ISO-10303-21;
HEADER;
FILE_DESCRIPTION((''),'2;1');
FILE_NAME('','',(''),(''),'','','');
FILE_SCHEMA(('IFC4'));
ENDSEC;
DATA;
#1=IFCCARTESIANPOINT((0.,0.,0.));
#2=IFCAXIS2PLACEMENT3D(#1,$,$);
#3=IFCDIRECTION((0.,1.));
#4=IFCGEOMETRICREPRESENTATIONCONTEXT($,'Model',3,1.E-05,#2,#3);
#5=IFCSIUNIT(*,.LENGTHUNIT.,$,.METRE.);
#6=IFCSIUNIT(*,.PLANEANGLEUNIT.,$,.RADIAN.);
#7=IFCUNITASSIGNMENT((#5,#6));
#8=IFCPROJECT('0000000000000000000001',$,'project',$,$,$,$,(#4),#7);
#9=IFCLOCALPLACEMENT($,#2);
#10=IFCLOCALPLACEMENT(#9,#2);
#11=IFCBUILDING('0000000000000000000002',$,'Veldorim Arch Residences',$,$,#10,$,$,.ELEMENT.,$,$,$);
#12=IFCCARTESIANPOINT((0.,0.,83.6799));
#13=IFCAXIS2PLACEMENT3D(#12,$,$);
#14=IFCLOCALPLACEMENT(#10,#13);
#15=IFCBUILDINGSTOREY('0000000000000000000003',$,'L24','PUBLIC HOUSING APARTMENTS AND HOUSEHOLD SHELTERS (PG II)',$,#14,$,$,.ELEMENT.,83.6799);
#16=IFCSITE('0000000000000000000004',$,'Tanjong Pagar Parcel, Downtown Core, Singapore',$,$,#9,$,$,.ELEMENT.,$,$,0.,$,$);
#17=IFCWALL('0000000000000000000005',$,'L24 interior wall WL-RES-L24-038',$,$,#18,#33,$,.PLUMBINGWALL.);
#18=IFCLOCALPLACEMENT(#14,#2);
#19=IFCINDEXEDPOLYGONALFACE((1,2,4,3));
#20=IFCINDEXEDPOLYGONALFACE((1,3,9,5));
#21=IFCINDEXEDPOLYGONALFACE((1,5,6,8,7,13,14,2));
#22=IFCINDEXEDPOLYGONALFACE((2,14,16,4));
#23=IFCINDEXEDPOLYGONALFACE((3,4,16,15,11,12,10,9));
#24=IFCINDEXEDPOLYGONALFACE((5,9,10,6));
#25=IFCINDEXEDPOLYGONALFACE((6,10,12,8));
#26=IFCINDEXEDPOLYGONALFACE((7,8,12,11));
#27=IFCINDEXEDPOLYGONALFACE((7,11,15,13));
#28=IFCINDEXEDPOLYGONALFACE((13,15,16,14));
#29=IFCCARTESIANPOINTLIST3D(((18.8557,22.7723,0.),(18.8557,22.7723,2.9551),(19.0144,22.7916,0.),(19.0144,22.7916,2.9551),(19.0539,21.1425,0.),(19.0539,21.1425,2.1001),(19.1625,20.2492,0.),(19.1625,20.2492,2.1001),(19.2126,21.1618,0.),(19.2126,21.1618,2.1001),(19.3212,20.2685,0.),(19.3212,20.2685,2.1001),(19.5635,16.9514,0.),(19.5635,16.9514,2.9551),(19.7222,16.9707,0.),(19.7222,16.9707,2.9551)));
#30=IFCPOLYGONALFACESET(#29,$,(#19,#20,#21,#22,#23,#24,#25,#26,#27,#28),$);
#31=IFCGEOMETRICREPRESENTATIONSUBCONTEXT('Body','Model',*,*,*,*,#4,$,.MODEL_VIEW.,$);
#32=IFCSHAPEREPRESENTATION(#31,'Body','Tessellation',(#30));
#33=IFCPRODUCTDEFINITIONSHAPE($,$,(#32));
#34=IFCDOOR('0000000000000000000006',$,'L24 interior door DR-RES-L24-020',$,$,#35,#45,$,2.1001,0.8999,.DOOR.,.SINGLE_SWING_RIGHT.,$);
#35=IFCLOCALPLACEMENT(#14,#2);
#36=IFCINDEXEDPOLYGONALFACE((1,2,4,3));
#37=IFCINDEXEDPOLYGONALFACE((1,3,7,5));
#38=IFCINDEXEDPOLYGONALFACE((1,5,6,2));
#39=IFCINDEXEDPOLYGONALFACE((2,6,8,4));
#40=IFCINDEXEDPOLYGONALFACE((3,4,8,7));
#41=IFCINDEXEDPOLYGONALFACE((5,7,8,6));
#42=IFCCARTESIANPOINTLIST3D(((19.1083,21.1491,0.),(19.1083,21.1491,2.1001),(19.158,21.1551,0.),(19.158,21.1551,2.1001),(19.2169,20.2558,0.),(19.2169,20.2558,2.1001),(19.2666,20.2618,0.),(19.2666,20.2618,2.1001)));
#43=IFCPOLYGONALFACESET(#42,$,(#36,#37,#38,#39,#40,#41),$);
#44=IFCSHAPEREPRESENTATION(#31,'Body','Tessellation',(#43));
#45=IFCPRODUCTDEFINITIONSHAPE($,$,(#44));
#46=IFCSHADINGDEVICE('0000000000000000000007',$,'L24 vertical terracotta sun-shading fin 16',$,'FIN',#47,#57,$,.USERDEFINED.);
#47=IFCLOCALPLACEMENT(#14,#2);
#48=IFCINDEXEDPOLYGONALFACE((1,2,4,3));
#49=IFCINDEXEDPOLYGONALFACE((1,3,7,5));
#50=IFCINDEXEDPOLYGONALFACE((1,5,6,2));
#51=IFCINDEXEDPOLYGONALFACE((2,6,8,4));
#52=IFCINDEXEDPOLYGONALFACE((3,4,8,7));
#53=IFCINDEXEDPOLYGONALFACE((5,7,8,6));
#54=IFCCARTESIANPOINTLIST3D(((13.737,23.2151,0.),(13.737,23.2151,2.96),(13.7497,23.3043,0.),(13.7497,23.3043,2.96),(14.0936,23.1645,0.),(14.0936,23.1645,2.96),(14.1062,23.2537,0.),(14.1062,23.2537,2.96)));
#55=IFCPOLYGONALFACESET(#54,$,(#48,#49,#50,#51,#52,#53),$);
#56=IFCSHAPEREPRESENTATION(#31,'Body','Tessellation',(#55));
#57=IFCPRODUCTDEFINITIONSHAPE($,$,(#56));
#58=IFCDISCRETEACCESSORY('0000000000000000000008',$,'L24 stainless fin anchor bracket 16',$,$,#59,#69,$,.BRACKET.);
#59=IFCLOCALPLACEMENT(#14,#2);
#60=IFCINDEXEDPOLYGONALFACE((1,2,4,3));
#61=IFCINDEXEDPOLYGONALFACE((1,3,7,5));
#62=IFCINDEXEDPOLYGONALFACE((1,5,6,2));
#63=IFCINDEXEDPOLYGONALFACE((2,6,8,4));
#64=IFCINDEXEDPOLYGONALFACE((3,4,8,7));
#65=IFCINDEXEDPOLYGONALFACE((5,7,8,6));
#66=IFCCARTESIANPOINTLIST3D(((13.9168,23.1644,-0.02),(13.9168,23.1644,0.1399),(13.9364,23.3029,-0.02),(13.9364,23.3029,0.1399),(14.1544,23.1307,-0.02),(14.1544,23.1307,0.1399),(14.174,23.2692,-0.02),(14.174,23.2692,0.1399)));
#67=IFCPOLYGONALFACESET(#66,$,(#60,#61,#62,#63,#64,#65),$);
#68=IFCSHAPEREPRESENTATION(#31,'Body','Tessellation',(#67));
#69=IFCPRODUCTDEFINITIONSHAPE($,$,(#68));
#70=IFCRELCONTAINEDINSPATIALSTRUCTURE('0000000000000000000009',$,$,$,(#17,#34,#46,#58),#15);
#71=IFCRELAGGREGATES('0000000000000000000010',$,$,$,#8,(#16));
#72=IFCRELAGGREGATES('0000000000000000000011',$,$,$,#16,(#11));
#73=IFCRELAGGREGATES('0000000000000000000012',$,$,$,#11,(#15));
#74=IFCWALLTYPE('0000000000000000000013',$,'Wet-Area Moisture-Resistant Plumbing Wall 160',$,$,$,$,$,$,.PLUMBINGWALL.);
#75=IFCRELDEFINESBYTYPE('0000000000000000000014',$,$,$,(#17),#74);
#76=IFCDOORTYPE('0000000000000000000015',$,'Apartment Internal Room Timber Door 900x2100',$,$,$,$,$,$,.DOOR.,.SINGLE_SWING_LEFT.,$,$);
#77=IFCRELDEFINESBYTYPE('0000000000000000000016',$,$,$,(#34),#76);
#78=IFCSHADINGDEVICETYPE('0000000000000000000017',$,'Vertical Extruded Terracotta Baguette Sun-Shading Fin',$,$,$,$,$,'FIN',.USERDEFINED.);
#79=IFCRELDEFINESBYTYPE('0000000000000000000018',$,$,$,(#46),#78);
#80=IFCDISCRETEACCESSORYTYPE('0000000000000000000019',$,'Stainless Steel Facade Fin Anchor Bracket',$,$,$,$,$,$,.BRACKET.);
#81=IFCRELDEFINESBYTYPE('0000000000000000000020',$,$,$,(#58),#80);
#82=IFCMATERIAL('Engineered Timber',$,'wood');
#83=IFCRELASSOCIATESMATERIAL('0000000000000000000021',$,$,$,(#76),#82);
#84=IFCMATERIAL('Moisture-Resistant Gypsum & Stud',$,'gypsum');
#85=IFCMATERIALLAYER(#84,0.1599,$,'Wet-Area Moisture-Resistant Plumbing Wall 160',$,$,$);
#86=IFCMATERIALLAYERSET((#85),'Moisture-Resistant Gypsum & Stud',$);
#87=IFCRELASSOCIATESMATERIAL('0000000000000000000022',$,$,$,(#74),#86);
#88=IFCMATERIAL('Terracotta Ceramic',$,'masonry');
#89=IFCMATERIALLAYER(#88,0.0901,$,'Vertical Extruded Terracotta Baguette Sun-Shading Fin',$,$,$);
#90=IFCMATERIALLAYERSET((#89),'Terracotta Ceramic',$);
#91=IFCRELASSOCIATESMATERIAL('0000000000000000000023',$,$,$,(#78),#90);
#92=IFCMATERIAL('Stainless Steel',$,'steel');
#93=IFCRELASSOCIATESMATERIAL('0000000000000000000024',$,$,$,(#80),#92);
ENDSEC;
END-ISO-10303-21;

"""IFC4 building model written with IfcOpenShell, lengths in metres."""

from ifc_helpers import new_model, si_unit, direction, frame, frame_2d, origin, origin_2d, place, context, subcontext, project, spatial, rectangle, extrude, material, layer, layer_set, type_object, element, fill, save


model = new_model("IFC4")

# Units and contexts
model_context = context("Model", 3, precision=1e-05, world=origin(), true_north=direction((0.0, 1.0)))
body_context = subcontext(model_context, "Body", "Model", "MODEL_VIEW")
ifc_project = project(units=[si_unit("LENGTHUNIT", "METRE"), si_unit("PLANEANGLEUNIT", "RADIAN")], contexts=[model_context])

# Site, building, storey
site_placement = place(None, origin())
site = spatial("IfcSite", under=ifc_project, at=site_placement, Name="Tanjong Pagar Parcel, Downtown Core, Singapore", CompositionType="ELEMENT", RefElevation=0.0)
building_placement = place(site_placement, origin())
building = spatial("IfcBuilding", under=site, at=building_placement, Name="Veldorim Arch Residences", CompositionType="ELEMENT")
storey_placement = place(building_placement, frame((0.0, 0.0, 83.6799)))
storey = spatial("IfcBuildingStorey", under=building, at=storey_placement, Name="L24", Description="PUBLIC HOUSING APARTMENTS AND HOUSEHOLD SHELTERS (PG II)", CompositionType="ELEMENT", Elevation=83.6799)

# Shared definitions
ifc_material_1 = material(Name="Engineered Timber", Category="wood")
door_type_1 = type_object("IfcDoorType", Name="Apartment Internal Room Timber Door 900x2100", OperationType="SINGLE_SWING_LEFT", PredefinedType="DOOR", material=ifc_material_1)

# Shared definitions
ifc_material_2 = material(Name="Moisture-Resistant Gypsum & Stud", Category="gypsum")
ifc_layer_1 = layer(ifc_material_2, 0.1599, Name="Wet-Area Moisture-Resistant Plumbing Wall 160")
ifc_layer_set_1 = layer_set([ifc_layer_1], Name="Moisture-Resistant Gypsum & Stud")
wall_type_1 = type_object("IfcWallType", Name="Wet-Area Moisture-Resistant Plumbing Wall 160", PredefinedType="PLUMBINGWALL", material=ifc_layer_set_1)

# Wall, opening, door
wall_1_placement = place(storey_placement, frame((18.9351, 22.782, 0.0), z_axis=(0.0, 0.0, 1.0), x_axis=(0.120703, -0.992689, 0.0)))
wall_1 = element("IfcWall", 1, at=wall_1_placement, inside=storey, type_object=wall_type_1, Name="L24 interior wall WL-RES-L24-038", PredefinedType="PLUMBINGWALL", context=body_context, shape_type="SweptSolid", body=[
    extrude(rectangle(XDim=5.8638, YDim=0.1599, at=frame_2d((2.9319, 0.0))), origin(), (0.0, 0.0, 1.0), 2.9551),
])
opening_1_placement = place(wall_1_placement, frame((1.6418, 0.0, 0.0)))
opening_1 = element("IfcOpeningElement", 2, at=opening_1_placement, cuts=wall_1, PredefinedType="OPENING", context=body_context, shape_type="SweptSolid", body=[
    extrude(rectangle(XDim=0.8999, YDim=2.1001, at=frame_2d((0.45, 1.05))), frame((0.0, 0.0898, 0.0), z_axis=(0.0, -1.0, 0.0), x_axis=(1.0, 0.0, 0.0)), (0.0, 0.0, 1.0), 0.1799),
])
door_1_placement = place(opening_1_placement, origin())
door_1 = element("IfcDoor", 3, at=door_1_placement, inside=storey, type_object=door_type_1, Name="L24 interior door DR-RES-L24-020", OperationType="SINGLE_SWING_RIGHT", OverallHeight=2.1001, OverallWidth=0.8999, PredefinedType="DOOR", context=body_context, shape_type="SweptSolid", body=[
    extrude(rectangle(XDim=0.8999, YDim=2.1001, at=frame_2d((0.45, 1.05))), frame((0.0, 0.0249, 0.0), z_axis=(0.0, -1.0, 0.0), x_axis=(1.0, 0.0, 0.0)), (0.0, 0.0, 1.0), 0.05),
])
fill(opening_1, door_1)

# Shading device
ifc_material_3 = material(Name="Terracotta Ceramic", Category="masonry")
ifc_layer_2 = layer(ifc_material_3, 0.0901, Name="Vertical Extruded Terracotta Baguette Sun-Shading Fin")
ifc_layer_set_2 = layer_set([ifc_layer_2], Name="Terracotta Ceramic")
shading_device_type = type_object("IfcShadingDeviceType", Name="Vertical Extruded Terracotta Baguette Sun-Shading Fin", ElementType="FIN", PredefinedType="USERDEFINED", material=ifc_layer_set_2)
shading_device_placement = place(storey_placement, frame((13.9216, 23.2344, 0.0), z_axis=(0.0, 0.0, 1.0), x_axis=(0.140556, 0.990073, 0.0)))
element("IfcShadingDevice", 4, at=shading_device_placement, inside=storey, type_object=shading_device_type, Name="L24 vertical terracotta sun-shading fin 16", ObjectType="FIN", PredefinedType="USERDEFINED", context=body_context, shape_type="SweptSolid", body=[
    extrude(rectangle(XDim=0.0901, YDim=0.3601, at=origin_2d()), origin(), (0.0, 0.0, 1.0), 2.96),
])

# Discrete accessory
ifc_material_4 = material(Name="Stainless Steel", Category="steel")
discrete_accessory_type = type_object("IfcDiscreteAccessoryType", Name="Stainless Steel Facade Fin Anchor Bracket", PredefinedType="BRACKET", material=ifc_material_4)
discrete_accessory_placement = place(storey_placement, frame((14.0454, 23.2168, -0.02), z_axis=(0.0, 0.0, 1.0), x_axis=(0.140556, 0.990073, 0.0)))
element("IfcDiscreteAccessory", 5, at=discrete_accessory_placement, inside=storey, type_object=discrete_accessory_type, Name="L24 stainless fin anchor bracket 16", PredefinedType="BRACKET", context=body_context, shape_type="SweptSolid", body=[
    extrude(rectangle(XDim=0.1399, YDim=0.24, at=origin_2d()), origin(), (0.0, 0.0, 1.0), 0.1599),
])

save(model, "model.ifc")
